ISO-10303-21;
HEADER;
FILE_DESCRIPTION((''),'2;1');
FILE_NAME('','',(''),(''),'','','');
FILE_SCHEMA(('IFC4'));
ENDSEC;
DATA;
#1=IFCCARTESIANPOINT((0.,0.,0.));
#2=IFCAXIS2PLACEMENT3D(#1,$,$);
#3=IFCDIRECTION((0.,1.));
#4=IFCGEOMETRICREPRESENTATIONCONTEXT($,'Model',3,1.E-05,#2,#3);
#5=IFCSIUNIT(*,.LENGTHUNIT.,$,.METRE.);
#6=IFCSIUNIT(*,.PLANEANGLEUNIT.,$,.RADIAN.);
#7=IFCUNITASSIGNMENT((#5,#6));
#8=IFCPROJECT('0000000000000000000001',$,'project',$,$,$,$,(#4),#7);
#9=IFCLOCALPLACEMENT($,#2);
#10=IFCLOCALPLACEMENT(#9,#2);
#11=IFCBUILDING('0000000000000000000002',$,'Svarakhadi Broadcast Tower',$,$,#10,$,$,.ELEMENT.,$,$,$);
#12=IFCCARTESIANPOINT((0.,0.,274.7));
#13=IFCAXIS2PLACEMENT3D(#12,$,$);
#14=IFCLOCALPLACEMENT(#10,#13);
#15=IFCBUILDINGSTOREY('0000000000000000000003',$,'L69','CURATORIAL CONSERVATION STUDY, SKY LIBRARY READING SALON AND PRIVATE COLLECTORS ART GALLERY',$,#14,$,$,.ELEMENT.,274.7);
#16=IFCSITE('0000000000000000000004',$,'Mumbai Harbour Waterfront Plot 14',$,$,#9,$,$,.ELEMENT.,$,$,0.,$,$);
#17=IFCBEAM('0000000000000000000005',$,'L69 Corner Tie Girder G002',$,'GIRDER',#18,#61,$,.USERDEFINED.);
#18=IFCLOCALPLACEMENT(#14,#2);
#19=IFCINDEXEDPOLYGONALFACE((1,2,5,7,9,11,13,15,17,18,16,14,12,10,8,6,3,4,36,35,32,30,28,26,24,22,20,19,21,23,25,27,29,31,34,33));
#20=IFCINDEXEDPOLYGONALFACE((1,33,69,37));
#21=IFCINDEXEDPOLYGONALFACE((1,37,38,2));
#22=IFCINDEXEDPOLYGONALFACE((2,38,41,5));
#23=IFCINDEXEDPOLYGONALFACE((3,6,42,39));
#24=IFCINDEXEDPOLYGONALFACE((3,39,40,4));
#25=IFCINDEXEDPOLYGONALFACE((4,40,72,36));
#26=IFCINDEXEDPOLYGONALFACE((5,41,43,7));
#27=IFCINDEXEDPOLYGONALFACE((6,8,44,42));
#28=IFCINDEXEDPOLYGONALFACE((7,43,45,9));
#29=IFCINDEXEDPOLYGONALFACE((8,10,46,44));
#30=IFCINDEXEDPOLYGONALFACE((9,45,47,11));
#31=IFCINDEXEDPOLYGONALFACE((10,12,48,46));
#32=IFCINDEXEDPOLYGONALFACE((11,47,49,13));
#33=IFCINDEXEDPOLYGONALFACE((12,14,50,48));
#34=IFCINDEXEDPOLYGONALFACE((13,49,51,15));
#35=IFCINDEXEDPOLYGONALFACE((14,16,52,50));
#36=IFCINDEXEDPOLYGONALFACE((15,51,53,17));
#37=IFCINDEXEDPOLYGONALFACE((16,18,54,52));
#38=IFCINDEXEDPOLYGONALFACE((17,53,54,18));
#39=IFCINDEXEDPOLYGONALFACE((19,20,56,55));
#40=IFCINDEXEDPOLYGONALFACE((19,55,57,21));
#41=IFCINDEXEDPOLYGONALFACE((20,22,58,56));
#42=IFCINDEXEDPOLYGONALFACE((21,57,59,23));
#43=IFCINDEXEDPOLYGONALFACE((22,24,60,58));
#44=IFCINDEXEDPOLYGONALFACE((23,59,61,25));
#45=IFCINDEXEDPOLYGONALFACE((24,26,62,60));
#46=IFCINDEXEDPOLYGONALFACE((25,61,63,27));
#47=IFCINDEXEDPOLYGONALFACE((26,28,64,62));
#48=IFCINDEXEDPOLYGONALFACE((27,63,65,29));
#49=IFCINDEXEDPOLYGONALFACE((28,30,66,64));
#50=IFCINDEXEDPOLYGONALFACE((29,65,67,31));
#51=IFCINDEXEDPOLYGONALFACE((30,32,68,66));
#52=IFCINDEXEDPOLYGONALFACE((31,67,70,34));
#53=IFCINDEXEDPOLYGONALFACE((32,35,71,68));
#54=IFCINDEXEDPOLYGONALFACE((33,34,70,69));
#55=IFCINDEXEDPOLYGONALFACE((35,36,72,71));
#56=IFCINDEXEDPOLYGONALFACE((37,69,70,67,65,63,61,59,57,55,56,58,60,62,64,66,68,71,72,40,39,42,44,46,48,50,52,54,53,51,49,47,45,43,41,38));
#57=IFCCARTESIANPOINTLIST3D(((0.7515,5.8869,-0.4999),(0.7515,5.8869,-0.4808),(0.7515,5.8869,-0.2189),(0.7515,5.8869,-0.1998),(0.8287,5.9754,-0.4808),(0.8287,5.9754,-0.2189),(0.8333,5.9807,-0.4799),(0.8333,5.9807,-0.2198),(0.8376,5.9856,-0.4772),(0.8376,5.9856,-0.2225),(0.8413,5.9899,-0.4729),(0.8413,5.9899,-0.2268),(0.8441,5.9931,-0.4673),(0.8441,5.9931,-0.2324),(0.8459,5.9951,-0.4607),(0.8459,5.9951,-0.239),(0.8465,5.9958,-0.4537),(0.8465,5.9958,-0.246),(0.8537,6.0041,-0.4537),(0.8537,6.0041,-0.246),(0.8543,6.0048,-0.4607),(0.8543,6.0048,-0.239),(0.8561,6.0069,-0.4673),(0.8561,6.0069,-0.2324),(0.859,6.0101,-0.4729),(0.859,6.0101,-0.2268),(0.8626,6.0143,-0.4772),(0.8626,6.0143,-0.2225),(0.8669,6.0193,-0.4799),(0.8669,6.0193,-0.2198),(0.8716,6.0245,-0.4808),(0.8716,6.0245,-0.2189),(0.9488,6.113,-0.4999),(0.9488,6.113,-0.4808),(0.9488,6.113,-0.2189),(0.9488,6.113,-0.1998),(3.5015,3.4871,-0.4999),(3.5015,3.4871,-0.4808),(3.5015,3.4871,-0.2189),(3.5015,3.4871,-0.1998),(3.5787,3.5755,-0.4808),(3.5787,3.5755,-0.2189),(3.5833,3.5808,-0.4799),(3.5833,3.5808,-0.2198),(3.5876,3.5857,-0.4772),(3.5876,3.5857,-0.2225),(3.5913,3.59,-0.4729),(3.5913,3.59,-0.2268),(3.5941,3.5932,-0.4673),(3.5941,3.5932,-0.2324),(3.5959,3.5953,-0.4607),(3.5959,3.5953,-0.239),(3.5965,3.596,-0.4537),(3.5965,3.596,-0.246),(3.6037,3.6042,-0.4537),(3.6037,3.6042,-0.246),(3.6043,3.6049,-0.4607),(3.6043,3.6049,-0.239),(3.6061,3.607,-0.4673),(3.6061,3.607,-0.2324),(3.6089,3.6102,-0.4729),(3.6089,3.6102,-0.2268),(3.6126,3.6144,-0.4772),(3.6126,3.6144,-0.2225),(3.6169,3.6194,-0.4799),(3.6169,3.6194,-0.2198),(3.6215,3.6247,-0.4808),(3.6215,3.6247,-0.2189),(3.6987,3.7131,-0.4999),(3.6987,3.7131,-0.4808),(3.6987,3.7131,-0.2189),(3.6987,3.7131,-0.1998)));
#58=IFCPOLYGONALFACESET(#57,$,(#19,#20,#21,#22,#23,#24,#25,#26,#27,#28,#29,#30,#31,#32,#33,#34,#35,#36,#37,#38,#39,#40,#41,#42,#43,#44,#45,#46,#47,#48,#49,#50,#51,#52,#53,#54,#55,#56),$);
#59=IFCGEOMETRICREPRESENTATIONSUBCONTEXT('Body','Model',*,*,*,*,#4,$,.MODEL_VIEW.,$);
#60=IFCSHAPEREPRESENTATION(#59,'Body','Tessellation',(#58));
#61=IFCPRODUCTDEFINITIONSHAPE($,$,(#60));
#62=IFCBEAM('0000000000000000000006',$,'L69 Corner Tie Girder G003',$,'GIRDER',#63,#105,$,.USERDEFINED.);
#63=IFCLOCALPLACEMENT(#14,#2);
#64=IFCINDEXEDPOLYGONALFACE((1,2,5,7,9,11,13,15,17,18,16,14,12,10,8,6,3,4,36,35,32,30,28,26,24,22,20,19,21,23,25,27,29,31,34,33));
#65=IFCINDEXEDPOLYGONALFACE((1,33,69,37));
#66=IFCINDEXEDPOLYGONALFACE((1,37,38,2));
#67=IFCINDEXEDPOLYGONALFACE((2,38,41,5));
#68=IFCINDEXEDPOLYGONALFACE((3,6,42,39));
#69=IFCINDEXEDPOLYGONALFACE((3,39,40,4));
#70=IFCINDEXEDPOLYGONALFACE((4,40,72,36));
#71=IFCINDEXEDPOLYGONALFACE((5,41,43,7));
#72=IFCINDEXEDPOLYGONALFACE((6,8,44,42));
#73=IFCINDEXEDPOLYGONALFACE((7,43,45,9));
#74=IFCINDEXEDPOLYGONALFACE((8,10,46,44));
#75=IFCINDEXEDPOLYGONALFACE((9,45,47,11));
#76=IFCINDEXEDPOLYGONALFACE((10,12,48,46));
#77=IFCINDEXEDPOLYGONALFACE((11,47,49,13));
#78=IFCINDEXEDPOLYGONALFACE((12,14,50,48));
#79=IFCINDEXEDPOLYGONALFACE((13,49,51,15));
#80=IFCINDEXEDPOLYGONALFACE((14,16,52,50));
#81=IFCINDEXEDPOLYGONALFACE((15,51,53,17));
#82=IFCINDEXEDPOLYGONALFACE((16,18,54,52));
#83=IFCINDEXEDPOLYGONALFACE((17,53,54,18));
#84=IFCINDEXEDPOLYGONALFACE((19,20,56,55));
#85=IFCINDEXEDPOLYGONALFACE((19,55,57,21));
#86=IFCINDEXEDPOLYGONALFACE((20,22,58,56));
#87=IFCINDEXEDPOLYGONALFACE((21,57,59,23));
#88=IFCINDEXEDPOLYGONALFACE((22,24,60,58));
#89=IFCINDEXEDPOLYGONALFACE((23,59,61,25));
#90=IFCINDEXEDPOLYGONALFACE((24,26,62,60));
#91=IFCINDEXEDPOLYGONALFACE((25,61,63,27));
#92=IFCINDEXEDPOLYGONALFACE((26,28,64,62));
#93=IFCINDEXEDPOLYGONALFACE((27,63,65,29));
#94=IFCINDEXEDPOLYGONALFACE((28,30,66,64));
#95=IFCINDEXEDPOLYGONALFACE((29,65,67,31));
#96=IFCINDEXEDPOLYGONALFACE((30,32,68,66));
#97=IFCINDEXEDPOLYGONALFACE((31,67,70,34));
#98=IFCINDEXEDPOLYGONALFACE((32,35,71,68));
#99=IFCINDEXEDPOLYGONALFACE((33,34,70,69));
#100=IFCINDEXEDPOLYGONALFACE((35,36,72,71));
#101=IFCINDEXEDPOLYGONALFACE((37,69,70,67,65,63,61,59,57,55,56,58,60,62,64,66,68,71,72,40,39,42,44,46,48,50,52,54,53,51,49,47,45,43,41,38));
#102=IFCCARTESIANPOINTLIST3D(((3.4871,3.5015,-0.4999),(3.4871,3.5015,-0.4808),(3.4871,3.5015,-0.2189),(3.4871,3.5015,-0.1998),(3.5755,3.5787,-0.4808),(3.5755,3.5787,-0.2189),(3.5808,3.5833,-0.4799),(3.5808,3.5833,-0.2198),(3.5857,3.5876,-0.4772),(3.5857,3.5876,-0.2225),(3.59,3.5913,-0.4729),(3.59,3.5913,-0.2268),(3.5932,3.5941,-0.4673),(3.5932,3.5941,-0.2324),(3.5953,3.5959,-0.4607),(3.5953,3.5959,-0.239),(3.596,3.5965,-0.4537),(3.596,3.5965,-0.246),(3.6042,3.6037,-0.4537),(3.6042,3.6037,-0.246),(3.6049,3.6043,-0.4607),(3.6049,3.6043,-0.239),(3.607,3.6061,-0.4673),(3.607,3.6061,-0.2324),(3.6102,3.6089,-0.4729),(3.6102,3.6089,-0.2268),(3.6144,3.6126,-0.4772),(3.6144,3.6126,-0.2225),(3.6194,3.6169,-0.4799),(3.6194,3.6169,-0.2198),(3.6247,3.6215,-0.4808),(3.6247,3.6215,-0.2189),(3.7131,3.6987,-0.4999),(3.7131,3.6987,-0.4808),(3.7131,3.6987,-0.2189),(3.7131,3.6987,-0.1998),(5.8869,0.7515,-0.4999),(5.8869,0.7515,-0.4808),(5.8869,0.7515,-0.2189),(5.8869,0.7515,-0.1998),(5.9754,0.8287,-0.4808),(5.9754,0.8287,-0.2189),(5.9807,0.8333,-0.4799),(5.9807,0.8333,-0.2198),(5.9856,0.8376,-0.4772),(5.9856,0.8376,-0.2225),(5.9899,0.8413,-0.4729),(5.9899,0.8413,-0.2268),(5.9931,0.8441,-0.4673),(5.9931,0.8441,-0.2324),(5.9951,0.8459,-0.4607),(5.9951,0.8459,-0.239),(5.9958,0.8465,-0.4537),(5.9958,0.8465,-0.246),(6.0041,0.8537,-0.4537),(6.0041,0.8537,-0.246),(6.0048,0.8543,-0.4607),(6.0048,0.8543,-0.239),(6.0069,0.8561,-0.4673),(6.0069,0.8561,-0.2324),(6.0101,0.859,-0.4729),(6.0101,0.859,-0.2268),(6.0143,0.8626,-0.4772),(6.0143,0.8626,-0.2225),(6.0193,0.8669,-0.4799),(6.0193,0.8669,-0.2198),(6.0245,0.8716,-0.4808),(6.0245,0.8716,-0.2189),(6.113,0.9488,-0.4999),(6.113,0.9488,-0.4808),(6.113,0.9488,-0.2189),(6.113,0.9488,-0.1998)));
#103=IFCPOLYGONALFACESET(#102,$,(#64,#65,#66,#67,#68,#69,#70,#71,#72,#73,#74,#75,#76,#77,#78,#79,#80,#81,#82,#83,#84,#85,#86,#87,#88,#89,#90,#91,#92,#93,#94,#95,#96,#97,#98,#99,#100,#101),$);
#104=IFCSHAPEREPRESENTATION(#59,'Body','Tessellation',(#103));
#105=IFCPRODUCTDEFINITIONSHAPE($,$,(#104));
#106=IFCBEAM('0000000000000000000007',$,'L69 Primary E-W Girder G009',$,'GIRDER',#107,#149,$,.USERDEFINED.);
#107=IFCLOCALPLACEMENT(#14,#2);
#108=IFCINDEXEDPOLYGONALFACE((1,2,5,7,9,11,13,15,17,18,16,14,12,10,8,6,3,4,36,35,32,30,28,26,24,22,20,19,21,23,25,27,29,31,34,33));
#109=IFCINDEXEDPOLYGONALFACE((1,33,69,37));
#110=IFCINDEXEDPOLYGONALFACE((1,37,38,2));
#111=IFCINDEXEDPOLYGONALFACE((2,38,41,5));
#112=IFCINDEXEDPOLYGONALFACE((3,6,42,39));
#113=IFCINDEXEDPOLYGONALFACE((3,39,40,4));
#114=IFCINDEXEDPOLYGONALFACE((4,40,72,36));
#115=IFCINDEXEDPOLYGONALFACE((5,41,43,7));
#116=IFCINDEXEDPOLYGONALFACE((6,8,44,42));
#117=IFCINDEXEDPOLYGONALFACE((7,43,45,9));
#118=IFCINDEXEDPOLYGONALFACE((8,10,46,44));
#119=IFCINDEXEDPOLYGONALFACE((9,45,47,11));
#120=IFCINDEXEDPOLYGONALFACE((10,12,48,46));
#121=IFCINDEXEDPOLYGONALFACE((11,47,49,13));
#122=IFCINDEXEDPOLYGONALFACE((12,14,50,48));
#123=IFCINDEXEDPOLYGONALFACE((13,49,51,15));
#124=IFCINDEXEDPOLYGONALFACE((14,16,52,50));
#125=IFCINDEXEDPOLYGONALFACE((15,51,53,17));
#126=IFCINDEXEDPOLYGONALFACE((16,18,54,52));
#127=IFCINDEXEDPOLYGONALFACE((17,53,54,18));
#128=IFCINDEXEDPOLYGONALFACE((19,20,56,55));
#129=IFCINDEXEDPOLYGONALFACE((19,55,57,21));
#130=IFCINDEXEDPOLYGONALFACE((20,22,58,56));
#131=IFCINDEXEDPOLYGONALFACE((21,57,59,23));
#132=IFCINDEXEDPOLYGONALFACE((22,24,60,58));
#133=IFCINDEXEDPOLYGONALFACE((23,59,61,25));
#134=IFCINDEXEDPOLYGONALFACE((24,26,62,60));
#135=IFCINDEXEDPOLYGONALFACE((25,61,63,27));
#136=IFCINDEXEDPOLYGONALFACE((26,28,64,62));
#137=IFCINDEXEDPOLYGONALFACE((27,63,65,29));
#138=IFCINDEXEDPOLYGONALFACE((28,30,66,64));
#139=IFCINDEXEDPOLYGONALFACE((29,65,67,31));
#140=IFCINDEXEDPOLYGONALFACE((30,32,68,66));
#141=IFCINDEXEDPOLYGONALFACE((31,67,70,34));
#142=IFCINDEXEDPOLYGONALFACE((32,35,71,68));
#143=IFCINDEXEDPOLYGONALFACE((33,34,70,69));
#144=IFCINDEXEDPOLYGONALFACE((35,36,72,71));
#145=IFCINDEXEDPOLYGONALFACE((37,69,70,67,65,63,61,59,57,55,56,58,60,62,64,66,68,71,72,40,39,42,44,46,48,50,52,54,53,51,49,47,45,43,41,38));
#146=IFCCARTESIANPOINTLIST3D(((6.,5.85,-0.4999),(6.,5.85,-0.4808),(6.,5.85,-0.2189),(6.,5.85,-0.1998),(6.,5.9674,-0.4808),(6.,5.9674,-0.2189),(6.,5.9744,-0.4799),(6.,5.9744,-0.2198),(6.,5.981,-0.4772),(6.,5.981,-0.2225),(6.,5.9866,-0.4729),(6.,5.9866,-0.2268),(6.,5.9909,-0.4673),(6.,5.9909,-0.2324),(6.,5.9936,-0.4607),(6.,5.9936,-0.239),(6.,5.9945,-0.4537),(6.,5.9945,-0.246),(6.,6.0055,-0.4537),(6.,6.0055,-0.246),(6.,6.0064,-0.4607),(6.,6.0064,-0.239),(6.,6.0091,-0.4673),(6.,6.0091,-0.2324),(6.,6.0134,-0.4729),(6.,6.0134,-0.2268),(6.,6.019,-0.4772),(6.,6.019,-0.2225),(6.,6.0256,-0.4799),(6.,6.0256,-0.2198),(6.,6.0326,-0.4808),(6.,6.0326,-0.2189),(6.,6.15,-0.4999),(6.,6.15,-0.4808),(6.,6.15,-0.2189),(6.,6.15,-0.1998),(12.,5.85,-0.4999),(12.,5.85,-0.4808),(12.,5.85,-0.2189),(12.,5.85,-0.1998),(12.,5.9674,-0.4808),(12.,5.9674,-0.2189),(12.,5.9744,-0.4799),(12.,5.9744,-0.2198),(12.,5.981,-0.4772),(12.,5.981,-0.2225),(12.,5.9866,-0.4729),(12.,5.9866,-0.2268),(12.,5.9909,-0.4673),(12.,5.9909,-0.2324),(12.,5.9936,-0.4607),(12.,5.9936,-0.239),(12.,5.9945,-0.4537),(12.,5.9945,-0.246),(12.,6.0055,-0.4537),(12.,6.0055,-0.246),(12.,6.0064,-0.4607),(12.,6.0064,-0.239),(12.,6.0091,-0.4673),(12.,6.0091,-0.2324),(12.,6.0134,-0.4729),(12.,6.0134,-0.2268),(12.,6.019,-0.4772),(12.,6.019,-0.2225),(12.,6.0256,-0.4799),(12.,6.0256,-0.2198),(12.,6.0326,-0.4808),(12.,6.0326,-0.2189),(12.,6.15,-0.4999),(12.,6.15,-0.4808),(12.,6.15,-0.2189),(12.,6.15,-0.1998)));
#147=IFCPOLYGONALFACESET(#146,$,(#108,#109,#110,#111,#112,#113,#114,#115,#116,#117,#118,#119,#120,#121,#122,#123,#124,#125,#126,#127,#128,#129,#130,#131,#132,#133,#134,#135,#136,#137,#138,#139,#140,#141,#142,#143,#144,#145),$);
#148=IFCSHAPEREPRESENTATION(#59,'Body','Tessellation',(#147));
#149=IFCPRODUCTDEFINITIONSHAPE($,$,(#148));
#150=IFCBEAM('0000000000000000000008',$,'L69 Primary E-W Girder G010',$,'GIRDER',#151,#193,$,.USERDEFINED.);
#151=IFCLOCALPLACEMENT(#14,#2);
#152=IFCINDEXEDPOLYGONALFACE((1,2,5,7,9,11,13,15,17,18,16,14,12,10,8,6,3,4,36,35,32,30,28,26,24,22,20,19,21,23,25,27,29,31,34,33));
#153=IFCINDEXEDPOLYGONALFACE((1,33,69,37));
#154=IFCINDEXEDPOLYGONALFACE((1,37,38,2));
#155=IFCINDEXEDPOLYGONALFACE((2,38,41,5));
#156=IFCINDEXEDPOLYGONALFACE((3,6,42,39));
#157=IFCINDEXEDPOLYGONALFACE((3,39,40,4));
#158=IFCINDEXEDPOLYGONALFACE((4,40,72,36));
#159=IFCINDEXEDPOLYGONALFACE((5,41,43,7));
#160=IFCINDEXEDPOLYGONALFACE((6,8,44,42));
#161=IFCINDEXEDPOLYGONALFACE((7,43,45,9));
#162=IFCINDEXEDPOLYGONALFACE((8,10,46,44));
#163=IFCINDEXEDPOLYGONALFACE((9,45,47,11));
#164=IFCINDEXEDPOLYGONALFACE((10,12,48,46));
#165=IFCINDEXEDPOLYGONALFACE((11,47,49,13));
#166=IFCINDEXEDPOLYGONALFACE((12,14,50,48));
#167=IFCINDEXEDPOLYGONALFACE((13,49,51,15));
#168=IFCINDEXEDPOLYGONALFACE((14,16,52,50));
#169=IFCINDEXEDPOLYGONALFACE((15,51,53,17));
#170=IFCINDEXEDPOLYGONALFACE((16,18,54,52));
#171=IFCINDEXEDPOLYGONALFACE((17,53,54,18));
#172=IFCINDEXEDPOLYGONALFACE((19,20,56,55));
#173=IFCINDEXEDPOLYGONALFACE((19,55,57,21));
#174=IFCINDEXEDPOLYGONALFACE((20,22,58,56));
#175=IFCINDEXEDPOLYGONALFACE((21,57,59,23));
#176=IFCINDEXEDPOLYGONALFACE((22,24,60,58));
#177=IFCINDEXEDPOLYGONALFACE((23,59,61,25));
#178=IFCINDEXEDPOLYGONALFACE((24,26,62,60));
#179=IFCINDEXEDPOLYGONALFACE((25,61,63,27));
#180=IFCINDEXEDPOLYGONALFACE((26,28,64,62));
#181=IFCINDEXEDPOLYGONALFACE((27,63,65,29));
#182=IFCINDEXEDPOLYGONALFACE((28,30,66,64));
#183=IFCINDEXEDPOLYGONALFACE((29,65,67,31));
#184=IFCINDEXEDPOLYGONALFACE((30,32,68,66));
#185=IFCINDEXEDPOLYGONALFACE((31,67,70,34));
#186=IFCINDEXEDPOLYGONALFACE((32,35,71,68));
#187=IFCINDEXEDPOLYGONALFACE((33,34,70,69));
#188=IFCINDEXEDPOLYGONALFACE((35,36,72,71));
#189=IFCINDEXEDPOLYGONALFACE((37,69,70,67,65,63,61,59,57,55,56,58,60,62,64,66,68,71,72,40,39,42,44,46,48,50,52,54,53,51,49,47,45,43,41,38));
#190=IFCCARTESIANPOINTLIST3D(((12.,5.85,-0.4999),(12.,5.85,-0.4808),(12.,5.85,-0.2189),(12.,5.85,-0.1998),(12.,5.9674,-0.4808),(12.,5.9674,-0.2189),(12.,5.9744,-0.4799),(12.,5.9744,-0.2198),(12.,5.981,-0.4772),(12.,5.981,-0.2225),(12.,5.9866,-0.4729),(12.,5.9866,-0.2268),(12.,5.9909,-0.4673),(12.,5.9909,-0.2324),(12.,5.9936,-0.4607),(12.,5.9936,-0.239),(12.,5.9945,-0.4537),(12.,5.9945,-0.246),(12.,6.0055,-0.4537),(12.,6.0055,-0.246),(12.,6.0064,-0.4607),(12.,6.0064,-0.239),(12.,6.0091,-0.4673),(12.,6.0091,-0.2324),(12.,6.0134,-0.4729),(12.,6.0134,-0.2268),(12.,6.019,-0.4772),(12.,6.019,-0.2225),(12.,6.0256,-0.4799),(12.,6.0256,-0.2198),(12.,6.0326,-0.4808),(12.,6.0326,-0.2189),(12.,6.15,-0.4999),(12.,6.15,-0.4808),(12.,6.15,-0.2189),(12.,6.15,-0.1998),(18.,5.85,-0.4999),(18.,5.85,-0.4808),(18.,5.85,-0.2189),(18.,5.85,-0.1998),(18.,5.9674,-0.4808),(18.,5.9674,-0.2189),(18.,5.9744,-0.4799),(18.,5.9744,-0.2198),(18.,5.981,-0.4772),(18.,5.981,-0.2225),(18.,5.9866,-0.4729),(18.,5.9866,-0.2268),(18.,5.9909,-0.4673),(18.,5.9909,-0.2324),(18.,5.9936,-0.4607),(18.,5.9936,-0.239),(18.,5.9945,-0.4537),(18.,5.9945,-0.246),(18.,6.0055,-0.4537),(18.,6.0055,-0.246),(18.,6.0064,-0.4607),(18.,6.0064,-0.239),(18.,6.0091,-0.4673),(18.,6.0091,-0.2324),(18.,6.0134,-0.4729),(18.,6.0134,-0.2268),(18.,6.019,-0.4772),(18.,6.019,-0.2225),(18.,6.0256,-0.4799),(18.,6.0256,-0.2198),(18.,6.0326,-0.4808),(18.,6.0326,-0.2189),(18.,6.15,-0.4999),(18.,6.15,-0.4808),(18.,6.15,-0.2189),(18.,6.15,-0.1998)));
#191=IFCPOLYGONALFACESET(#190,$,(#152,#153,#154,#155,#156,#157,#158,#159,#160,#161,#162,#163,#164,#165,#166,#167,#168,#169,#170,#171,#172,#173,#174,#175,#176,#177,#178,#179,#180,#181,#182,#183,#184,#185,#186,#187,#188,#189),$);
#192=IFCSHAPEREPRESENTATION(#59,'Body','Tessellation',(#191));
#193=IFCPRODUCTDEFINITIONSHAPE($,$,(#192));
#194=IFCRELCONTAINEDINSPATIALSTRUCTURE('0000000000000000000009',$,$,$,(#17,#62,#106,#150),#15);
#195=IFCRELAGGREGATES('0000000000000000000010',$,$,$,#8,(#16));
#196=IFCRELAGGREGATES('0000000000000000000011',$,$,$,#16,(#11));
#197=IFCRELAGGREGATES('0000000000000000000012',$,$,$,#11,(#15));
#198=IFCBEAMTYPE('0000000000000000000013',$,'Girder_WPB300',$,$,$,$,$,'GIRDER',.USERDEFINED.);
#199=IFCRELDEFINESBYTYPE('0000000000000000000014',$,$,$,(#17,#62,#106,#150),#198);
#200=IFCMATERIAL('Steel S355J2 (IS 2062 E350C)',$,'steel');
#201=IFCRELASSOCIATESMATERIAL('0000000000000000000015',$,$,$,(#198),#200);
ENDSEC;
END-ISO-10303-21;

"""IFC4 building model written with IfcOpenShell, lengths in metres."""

from ifc_helpers import new_model, si_unit, direction, frame, origin, origin_2d, place, context, subcontext, project, spatial, i_section, extrude, material, material_profile, profile_set, type_object, element, save


model = new_model("IFC4")

# Units and contexts
model_context = context("Model", 3, precision=1e-05, world=origin(), true_north=direction((0.0, 1.0)))
body_context = subcontext(model_context, "Body", "Model", "MODEL_VIEW")
ifc_project = project(units=[si_unit("LENGTHUNIT", "METRE"), si_unit("PLANEANGLEUNIT", "RADIAN")], contexts=[model_context])

# Site, building, storey
site_placement = place(None, origin())
site = spatial("IfcSite", under=ifc_project, at=site_placement, Name="Mumbai Harbour Waterfront Plot 14", CompositionType="ELEMENT", RefElevation=0.0)
building_placement = place(site_placement, origin())
building = spatial("IfcBuilding", under=site, at=building_placement, Name="Svarakhadi Broadcast Tower", CompositionType="ELEMENT")
storey_placement = place(building_placement, frame((0.0, 0.0, 274.7)))
storey = spatial("IfcBuildingStorey", under=building, at=storey_placement, Name="L69", Description="CURATORIAL CONSERVATION STUDY, SKY LIBRARY READING SALON AND PRIVATE COLLECTORS ART GALLERY", CompositionType="ELEMENT", Elevation=274.7)

# Beams
ifc_material_1 = material(Name="Steel S355J2 (IS 2062 E350C)", Category="steel")
ifc_material_profile_1 = material_profile(ifc_material_1, i_section(OverallWidth=0.3, OverallDepth=0.3, WebThickness=0.011, FlangeThickness=0.019, FilletRadius=0.0271, at=origin_2d()), Name="WPB 300x300x117")
ifc_profile_set_1 = profile_set([ifc_material_profile_1], Name="Steel S355J2 (IS 2062 E350C)")
beam_type_1 = type_object("IfcBeamType", Name="Girder_WPB300", ElementType="GIRDER", PredefinedType="USERDEFINED", material=ifc_profile_set_1)
for number, where, z_axis, x_axis, name in (
    (1, (3.6001, 3.6001, -0.3499), (-0.753438, 0.657519, 0.0), (-0.657519, -0.753438, 0.0), "L69 Corner Tie Girder G002"),
    (2, (3.6001, 3.6001, -0.3499), (0.657519, -0.753438, 0.0), (0.753438, 0.657519, 0.0), "L69 Corner Tie Girder G003"),
):
    element("IfcBeam", number, at=place(storey_placement, frame(where, z_axis=z_axis, x_axis=x_axis)), inside=storey, type_object=beam_type_1, Name=name, ObjectType="GIRDER", PredefinedType="USERDEFINED", context=body_context, shape_type="SweptSolid", body=[
        extrude(i_section(OverallWidth=0.3, OverallDepth=0.3, WebThickness=0.011, FlangeThickness=0.019, FilletRadius=0.0271, at=origin_2d()), origin(), (0.0, 0.0, 1.0), 3.6499),
    ])
for number, where, z_axis, x_axis, name in (
    (3, (6.0, 6.0, -0.3499), (1.0, 0.0, 0.0), (0.0, 1.0, 0.0), "L69 Primary E-W Girder G009"),
    (4, (12.0, 6.0, -0.3499), (1.0, 0.0, 0.0), (0.0, 1.0, 0.0), "L69 Primary E-W Girder G010"),
):
    element("IfcBeam", number, at=place(storey_placement, frame(where, z_axis=z_axis, x_axis=x_axis)), inside=storey, type_object=beam_type_1, Name=name, ObjectType="GIRDER", PredefinedType="USERDEFINED", context=body_context, shape_type="SweptSolid", body=[
        extrude(i_section(OverallWidth=0.3, OverallDepth=0.3, WebThickness=0.011, FlangeThickness=0.019, FilletRadius=0.0271, at=origin_2d()), origin(), (0.0, 0.0, 1.0), 6.0),
    ])

save(model, "model.ifc")
